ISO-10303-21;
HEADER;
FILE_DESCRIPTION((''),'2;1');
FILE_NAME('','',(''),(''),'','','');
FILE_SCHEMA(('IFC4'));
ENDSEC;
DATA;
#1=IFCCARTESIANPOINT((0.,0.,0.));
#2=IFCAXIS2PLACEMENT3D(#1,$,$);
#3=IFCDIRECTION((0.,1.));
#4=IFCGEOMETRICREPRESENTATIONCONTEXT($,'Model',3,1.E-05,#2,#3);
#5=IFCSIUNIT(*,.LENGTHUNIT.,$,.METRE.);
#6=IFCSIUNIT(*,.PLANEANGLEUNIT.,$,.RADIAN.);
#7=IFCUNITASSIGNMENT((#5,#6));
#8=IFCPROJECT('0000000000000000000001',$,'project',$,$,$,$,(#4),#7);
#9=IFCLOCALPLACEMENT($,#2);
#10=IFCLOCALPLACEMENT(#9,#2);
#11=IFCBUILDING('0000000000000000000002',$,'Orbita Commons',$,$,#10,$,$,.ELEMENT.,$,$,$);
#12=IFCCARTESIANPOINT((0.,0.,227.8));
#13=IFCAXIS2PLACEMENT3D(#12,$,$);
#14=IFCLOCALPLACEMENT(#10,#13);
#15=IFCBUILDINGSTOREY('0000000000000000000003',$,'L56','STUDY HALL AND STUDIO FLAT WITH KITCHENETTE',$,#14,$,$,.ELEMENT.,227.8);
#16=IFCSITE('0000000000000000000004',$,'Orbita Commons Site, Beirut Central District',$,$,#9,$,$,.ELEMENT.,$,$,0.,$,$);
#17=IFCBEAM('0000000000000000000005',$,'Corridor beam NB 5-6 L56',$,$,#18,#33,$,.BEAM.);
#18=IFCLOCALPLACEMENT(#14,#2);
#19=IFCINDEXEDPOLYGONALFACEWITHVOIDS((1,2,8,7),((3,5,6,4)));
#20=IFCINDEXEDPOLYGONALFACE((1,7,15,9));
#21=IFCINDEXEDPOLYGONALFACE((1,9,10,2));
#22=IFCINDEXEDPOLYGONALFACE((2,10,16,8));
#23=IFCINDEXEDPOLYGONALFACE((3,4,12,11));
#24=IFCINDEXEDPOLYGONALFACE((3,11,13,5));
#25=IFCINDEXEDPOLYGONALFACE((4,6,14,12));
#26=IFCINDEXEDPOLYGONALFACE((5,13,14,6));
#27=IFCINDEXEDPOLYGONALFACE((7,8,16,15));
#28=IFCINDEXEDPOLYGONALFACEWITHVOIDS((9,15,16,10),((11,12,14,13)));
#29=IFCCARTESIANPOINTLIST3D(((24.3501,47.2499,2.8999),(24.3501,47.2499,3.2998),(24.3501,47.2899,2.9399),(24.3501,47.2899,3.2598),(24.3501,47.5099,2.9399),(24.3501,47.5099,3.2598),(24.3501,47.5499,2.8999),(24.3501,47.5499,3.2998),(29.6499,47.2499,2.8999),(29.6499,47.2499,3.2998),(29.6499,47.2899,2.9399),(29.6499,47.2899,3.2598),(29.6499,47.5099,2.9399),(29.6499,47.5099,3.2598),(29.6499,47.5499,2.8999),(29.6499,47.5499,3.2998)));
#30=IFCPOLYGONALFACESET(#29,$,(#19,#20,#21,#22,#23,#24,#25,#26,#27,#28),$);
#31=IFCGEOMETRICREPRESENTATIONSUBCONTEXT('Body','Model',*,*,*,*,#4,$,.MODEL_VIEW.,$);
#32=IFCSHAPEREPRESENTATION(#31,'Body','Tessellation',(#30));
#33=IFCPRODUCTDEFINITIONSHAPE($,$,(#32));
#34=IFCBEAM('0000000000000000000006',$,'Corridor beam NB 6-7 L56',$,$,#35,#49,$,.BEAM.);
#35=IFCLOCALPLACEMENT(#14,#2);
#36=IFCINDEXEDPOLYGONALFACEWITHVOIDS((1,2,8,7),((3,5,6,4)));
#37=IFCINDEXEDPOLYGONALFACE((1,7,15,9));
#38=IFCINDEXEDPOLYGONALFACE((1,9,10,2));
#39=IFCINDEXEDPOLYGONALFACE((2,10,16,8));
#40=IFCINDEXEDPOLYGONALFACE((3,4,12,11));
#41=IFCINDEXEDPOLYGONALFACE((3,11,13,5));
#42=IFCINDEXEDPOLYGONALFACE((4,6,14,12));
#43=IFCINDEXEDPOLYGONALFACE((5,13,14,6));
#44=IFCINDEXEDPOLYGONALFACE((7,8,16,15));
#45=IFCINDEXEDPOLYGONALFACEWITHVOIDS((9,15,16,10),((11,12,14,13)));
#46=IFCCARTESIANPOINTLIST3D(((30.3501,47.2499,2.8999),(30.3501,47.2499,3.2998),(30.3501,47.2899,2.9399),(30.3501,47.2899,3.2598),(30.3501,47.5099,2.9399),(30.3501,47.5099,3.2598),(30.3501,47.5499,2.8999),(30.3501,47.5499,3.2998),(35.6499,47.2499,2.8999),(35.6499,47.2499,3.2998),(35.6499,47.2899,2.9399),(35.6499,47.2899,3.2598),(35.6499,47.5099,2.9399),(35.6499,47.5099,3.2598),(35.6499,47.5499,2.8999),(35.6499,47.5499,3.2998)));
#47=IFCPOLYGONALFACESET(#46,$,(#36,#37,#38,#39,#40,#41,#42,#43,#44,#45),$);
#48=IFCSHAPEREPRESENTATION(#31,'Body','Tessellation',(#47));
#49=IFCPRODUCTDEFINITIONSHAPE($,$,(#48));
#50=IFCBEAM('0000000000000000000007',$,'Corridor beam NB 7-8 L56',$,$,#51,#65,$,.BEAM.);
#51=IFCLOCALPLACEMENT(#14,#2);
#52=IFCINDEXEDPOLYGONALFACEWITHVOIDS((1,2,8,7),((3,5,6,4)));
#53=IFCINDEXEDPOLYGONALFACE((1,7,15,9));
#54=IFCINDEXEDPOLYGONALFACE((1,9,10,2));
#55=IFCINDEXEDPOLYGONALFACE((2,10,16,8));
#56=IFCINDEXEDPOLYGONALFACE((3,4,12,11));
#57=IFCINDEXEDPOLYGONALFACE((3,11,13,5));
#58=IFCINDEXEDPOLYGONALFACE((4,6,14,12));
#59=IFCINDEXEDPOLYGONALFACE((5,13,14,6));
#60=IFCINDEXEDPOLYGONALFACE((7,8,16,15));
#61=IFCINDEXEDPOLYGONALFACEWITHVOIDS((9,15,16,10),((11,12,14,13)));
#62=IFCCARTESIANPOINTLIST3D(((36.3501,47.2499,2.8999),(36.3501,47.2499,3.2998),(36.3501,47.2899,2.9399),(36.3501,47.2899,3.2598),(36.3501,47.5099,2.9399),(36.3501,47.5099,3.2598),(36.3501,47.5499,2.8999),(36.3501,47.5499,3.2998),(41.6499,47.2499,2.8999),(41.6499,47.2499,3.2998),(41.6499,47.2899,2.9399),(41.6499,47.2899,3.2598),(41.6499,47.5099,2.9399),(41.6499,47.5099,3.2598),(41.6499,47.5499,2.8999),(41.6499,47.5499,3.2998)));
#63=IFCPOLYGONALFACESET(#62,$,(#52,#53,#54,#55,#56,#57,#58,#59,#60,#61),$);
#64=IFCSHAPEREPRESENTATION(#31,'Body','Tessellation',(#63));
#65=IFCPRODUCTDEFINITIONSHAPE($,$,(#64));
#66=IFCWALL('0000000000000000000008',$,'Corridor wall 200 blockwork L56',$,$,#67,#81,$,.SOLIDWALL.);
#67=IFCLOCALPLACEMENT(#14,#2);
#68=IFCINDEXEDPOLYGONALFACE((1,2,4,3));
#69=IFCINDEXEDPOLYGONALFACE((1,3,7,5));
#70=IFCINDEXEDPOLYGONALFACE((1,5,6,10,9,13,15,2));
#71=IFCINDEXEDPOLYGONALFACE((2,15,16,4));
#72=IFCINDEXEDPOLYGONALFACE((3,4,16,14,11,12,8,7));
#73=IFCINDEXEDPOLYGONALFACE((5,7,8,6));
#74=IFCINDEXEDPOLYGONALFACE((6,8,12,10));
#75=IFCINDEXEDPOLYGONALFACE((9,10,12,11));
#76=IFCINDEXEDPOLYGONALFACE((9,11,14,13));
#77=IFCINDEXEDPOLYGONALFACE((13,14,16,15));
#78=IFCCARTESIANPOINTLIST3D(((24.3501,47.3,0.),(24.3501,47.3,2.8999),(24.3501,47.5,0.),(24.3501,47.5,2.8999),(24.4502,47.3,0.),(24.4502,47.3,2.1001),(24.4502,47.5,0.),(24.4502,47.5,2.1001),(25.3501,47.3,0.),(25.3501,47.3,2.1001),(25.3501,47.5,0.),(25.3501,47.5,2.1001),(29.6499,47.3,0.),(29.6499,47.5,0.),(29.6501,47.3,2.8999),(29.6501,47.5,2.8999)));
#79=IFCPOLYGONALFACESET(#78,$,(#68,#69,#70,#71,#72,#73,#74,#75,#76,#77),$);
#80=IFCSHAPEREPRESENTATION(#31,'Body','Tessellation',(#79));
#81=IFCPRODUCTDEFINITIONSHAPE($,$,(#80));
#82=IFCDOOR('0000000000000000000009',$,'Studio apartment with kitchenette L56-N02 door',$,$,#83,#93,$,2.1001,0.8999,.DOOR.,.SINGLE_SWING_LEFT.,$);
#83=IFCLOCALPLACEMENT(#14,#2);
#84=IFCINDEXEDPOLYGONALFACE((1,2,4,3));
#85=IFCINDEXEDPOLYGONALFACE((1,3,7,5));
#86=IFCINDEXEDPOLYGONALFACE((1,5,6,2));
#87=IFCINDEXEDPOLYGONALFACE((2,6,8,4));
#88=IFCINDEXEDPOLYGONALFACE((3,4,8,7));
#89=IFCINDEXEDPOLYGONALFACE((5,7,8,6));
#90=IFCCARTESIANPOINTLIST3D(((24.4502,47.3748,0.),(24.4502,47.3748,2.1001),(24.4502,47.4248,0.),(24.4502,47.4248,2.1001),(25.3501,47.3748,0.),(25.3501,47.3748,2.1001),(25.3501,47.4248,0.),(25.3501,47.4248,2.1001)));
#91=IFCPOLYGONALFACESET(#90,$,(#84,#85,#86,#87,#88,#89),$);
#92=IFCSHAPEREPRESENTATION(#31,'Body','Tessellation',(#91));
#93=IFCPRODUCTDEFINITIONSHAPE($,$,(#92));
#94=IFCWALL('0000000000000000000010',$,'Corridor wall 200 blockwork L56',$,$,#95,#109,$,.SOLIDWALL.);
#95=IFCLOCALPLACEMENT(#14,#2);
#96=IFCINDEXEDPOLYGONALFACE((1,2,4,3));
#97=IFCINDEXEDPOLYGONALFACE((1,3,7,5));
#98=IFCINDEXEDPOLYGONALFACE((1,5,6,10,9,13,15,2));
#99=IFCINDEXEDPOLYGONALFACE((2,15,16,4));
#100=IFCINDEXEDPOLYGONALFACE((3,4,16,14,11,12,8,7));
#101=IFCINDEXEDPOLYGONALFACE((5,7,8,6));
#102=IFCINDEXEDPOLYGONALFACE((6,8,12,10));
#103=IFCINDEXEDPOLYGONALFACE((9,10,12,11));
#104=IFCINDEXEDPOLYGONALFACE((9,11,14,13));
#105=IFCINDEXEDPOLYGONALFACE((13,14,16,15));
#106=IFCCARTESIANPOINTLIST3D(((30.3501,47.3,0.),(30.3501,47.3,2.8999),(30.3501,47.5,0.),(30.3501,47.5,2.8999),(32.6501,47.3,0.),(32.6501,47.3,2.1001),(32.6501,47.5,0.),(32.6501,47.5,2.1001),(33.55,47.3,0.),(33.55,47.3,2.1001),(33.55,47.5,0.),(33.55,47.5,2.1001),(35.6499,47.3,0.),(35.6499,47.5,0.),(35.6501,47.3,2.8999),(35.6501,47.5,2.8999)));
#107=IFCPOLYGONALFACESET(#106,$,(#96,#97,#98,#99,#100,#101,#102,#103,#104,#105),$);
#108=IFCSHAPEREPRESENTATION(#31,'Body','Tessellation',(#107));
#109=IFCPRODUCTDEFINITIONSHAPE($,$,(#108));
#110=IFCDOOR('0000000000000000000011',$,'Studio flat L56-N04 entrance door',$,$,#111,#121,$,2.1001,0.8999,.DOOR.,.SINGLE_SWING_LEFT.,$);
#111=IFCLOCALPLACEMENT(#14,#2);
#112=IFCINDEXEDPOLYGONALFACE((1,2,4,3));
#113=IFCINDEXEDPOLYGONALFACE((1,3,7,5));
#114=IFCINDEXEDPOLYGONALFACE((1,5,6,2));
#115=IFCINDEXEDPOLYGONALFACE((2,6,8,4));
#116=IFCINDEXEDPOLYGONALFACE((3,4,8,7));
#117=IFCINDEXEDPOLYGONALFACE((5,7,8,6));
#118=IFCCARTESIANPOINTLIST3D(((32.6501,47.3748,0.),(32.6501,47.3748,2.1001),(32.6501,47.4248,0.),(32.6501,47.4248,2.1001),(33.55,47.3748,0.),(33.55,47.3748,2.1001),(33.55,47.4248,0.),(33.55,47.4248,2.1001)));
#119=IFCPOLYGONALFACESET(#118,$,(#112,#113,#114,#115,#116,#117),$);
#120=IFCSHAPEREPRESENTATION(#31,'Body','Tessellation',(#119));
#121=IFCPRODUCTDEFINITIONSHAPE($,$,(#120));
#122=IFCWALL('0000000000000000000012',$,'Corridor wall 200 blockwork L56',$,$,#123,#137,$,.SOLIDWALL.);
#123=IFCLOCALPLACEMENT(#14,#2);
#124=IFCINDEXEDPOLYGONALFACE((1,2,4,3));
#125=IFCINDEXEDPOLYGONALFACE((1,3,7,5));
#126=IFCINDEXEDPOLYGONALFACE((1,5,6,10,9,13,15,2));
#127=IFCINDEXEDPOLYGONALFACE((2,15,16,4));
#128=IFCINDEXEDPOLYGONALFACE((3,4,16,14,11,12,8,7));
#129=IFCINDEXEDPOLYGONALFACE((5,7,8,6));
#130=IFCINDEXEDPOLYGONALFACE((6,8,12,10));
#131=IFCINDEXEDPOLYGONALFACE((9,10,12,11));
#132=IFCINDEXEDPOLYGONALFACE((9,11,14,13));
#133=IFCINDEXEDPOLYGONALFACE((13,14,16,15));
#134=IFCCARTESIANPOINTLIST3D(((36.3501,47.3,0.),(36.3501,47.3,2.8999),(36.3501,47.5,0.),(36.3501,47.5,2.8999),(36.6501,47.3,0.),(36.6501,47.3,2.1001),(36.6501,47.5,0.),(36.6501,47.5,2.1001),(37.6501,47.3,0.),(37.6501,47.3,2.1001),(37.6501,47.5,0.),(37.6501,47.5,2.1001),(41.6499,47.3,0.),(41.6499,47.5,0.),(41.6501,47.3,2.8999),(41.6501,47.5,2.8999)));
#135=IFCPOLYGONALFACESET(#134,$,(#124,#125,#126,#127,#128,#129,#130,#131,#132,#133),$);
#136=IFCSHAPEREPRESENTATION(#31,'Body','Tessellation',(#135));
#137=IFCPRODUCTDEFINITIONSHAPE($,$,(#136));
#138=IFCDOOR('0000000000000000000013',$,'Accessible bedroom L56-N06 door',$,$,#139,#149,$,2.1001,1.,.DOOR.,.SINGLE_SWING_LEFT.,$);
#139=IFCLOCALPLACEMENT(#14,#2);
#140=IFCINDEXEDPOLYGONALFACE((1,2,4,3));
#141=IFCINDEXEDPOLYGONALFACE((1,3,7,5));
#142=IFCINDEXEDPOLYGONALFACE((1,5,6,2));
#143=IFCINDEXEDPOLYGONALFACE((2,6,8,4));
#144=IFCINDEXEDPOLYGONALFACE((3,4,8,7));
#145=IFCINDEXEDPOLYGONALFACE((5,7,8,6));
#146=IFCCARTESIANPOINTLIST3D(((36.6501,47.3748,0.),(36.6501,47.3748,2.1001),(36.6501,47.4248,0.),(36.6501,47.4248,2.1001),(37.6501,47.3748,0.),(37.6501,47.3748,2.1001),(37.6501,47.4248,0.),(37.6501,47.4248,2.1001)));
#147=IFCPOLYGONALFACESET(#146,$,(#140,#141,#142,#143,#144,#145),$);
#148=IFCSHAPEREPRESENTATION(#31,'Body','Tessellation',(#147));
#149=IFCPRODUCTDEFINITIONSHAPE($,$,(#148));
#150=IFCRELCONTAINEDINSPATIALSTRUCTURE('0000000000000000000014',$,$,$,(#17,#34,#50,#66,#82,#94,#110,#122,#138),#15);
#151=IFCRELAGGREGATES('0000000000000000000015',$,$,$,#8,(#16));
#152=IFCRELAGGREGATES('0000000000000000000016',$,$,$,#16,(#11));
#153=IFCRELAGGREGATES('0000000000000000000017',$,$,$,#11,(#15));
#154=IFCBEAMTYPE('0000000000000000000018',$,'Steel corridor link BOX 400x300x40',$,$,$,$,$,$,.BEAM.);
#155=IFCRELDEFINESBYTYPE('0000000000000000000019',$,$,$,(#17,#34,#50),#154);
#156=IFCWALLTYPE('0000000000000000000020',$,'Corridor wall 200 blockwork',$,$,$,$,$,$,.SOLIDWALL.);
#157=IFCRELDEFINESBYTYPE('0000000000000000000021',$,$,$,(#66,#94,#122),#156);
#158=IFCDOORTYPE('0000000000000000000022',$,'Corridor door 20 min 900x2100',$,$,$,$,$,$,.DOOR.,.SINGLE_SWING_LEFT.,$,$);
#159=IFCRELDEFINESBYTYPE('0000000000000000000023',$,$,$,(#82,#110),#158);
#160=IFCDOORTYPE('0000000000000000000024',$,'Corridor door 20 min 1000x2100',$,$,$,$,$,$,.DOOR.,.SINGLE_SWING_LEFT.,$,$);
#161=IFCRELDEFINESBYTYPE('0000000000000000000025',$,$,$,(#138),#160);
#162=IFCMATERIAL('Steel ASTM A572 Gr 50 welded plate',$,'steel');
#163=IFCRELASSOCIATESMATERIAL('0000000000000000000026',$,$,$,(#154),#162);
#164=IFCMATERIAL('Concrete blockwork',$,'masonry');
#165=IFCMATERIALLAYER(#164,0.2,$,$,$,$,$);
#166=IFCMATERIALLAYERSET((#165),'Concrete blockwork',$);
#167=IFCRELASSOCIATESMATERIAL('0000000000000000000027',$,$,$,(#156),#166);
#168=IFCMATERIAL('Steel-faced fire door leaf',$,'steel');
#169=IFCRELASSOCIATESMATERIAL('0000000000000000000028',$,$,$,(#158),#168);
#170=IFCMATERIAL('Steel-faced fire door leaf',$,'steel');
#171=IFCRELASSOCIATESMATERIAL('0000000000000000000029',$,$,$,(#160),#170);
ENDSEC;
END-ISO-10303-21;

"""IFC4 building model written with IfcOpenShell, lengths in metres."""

from ifc_helpers import new_model, si_unit, direction, frame, frame_2d, origin, origin_2d, place, context, subcontext, project, spatial, polyline, rectangle, hollow_rectangle, outline, extrude, material, layer, layer_set, material_profile, profile_set, type_object, element, fill, save


model = new_model("IFC4")

# Units and contexts
model_context = context("Model", 3, precision=1e-05, world=origin(), true_north=direction((0.0, 1.0)))
body_context = subcontext(model_context, "Body", "Model", "MODEL_VIEW")
ifc_project = project(units=[si_unit("LENGTHUNIT", "METRE"), si_unit("PLANEANGLEUNIT", "RADIAN")], contexts=[model_context])

# Site, building, storey
site_placement = place(None, origin())
site = spatial("IfcSite", under=ifc_project, at=site_placement, Name="Orbita Commons Site, Beirut Central District", CompositionType="ELEMENT", RefElevation=0.0)
building_placement = place(site_placement, origin())
building = spatial("IfcBuilding", under=site, at=building_placement, Name="Orbita Commons", CompositionType="ELEMENT")
storey_placement = place(building_placement, frame((0.0, 0.0, 227.8)))
storey = spatial("IfcBuildingStorey", under=building, at=storey_placement, Name="L56", Description="STUDY HALL AND STUDIO FLAT WITH KITCHENETTE", CompositionType="ELEMENT", Elevation=227.8)

# Beams
ifc_material_1 = material(Name="Steel ASTM A572 Gr 50 welded plate", Category="steel")
ifc_material_profile = material_profile(ifc_material_1, hollow_rectangle(XDim=0.3, YDim=0.3999, WallThickness=0.04, at=origin_2d()), Name="BOX 400x300x40")
ifc_profile_set = profile_set([ifc_material_profile], Name="Steel ASTM A572 Gr 50 welded plate")
beam_type = type_object("IfcBeamType", Name="Steel corridor link BOX 400x300x40", PredefinedType="BEAM", material=ifc_profile_set)
for number, where, z_axis, x_axis, name in (
    (1, (24.3501, 47.3999, 3.0999), (1.0, 0.0, 0.0), (0.0, 1.0, 0.0), "Corridor beam NB 5-6 L56"),
    (2, (30.3501, 47.3999, 3.0999), (1.0, 0.0, 0.0), (0.0, 1.0, 0.0), "Corridor beam NB 6-7 L56"),
    (3, (36.3501, 47.3999, 3.0999), (1.0, 0.0, 0.0), (0.0, 1.0, 0.0), "Corridor beam NB 7-8 L56"),
):
    element("IfcBeam", number, at=place(storey_placement, frame(where, z_axis=z_axis, x_axis=x_axis)), inside=storey, type_object=beam_type, Name=name, PredefinedType="BEAM", context=body_context, shape_type="SweptSolid", body=[
        extrude(hollow_rectangle(XDim=0.3, YDim=0.3999, WallThickness=0.04, at=origin_2d()), origin(), (0.0, 0.0, 1.0), 5.2998),
    ])

# Walls, openings, doors
ifc_material_2 = material(Name="Concrete blockwork", Category="masonry")
ifc_layer_1 = layer(ifc_material_2, 0.2)
ifc_layer_set_1 = layer_set([ifc_layer_1], Name="Concrete blockwork")
wall_type_1 = type_object("IfcWallType", Name="Corridor wall 200 blockwork", PredefinedType="SOLIDWALL", material=ifc_layer_set_1)
wall_1_placement = place(storey_placement, frame((24.3501, 47.3999, 0.0), z_axis=(0.0, 0.0, 1.0), x_axis=(1.0, 0.0, 0.0)))
wall_1 = element("IfcWall", 4, at=wall_1_placement, inside=storey, type_object=wall_type_1, Name="Corridor wall 200 blockwork L56", PredefinedType="SOLIDWALL", context=body_context, shape_type="SweptSolid", body=[
    extrude(outline(polyline([(0.0, 0.0), (5.2998, 0.0), (5.3, 2.8999), (0.0, 2.8999), (0.0, 0.0)])), frame((0.0, 0.1001, 0.0), z_axis=(0.0, -1.0, 0.0), x_axis=(1.0, 0.0, 0.0)), (0.0, 0.0, 1.0), 0.2),
])
opening_1_placement = place(wall_1_placement, frame((0.1001, 0.0, 0.0)))
opening_1 = element("IfcOpeningElement", 5, at=opening_1_placement, cuts=wall_1, PredefinedType="OPENING", context=body_context, shape_type="SweptSolid", body=[
    extrude(rectangle(XDim=0.8999, YDim=2.1001, at=frame_2d((0.45, 1.05))), frame((0.0, 0.1099, 0.0), z_axis=(0.0, -1.0, 0.0), x_axis=(1.0, 0.0, 0.0)), (0.0, 0.0, 1.0), 0.22),
])
ifc_material_3 = material(Name="Steel-faced fire door leaf", Category="steel")
door_type_1 = type_object("IfcDoorType", Name="Corridor door 20 min 900x2100", OperationType="SINGLE_SWING_LEFT", PredefinedType="DOOR", material=ifc_material_3)
door_1_placement = place(opening_1_placement, origin())
door_1 = element("IfcDoor", 6, at=door_1_placement, inside=storey, type_object=door_type_1, Name="Studio apartment with kitchenette L56-N02 door", OperationType="SINGLE_SWING_LEFT", OverallHeight=2.1001, OverallWidth=0.8999, PredefinedType="DOOR", context=body_context, shape_type="SweptSolid", body=[
    extrude(rectangle(XDim=0.8999, YDim=2.1001, at=frame_2d((0.45, 1.05))), frame((0.0, 0.0249, 0.0), z_axis=(0.0, -1.0, 0.0), x_axis=(1.0, 0.0, 0.0)), (0.0, 0.0, 1.0), 0.05),
])
fill(opening_1, door_1)
wall_2_placement = place(storey_placement, frame((30.3501, 47.3999, 0.0), z_axis=(0.0, 0.0, 1.0), x_axis=(1.0, 0.0, 0.0)))
wall_2 = element("IfcWall", 7, at=wall_2_placement, inside=storey, type_object=wall_type_1, Name="Corridor wall 200 blockwork L56", PredefinedType="SOLIDWALL", context=body_context, shape_type="SweptSolid", body=[
    extrude(outline(polyline([(0.0, 0.0), (5.2998, 0.0), (5.3, 2.8999), (0.0, 2.8999), (0.0, 0.0)])), frame((0.0, 0.1001, 0.0), z_axis=(0.0, -1.0, 0.0), x_axis=(1.0, 0.0, 0.0)), (0.0, 0.0, 1.0), 0.2),
])
opening_2_placement = place(wall_2_placement, frame((2.3, 0.0, 0.0)))
opening_2 = element("IfcOpeningElement", 8, at=opening_2_placement, cuts=wall_2, PredefinedType="OPENING", context=body_context, shape_type="SweptSolid", body=[
    extrude(rectangle(XDim=0.8999, YDim=2.1001, at=frame_2d((0.45, 1.05))), frame((0.0, 0.1099, 0.0), z_axis=(0.0, -1.0, 0.0), x_axis=(1.0, 0.0, 0.0)), (0.0, 0.0, 1.0), 0.22),
])
door_2_placement = place(opening_2_placement, origin())
door_2 = element("IfcDoor", 9, at=door_2_placement, inside=storey, type_object=door_type_1, Name="Studio flat L56-N04 entrance door", OperationType="SINGLE_SWING_LEFT", OverallHeight=2.1001, OverallWidth=0.8999, PredefinedType="DOOR", context=body_context, shape_type="SweptSolid", body=[
    extrude(rectangle(XDim=0.8999, YDim=2.1001, at=frame_2d((0.45, 1.05))), frame((0.0, 0.0249, 0.0), z_axis=(0.0, -1.0, 0.0), x_axis=(1.0, 0.0, 0.0)), (0.0, 0.0, 1.0), 0.05),
])
fill(opening_2, door_2)
wall_3_placement = place(storey_placement, frame((36.3501, 47.3999, 0.0), z_axis=(0.0, 0.0, 1.0), x_axis=(1.0, 0.0, 0.0)))
wall_3 = element("IfcWall", 10, at=wall_3_placement, inside=storey, type_object=wall_type_1, Name="Corridor wall 200 blockwork L56", PredefinedType="SOLIDWALL", context=body_context, shape_type="SweptSolid", body=[
    extrude(outline(polyline([(0.0, 0.0), (5.2998, 0.0), (5.3, 2.8999), (0.0, 2.8999), (0.0, 0.0)])), frame((0.0, 0.1001, 0.0), z_axis=(0.0, -1.0, 0.0), x_axis=(1.0, 0.0, 0.0)), (0.0, 0.0, 1.0), 0.2),
])
opening_3_placement = place(wall_3_placement, frame((0.3, 0.0, 0.0)))
opening_3 = element("IfcOpeningElement", 11, at=opening_3_placement, cuts=wall_3, PredefinedType="OPENING", context=body_context, shape_type="SweptSolid", body=[
    extrude(rectangle(XDim=1.0, YDim=2.1001, at=frame_2d((0.5, 1.05))), frame((0.0, 0.1099, 0.0), z_axis=(0.0, -1.0, 0.0), x_axis=(1.0, 0.0, 0.0)), (0.0, 0.0, 1.0), 0.22),
])
ifc_material_4 = material(Name="Steel-faced fire door leaf", Category="steel")
door_type_2 = type_object("IfcDoorType", Name="Corridor door 20 min 1000x2100", OperationType="SINGLE_SWING_LEFT", PredefinedType="DOOR", material=ifc_material_4)
door_3_placement = place(opening_3_placement, origin())
door_3 = element("IfcDoor", 12, at=door_3_placement, inside=storey, type_object=door_type_2, Name="Accessible bedroom L56-N06 door", OperationType="SINGLE_SWING_LEFT", OverallHeight=2.1001, OverallWidth=1.0, PredefinedType="DOOR", context=body_context, shape_type="SweptSolid", body=[
    extrude(rectangle(XDim=1.0, YDim=2.1001, at=frame_2d((0.5, 1.05))), frame((0.0, 0.0249, 0.0), z_axis=(0.0, -1.0, 0.0), x_axis=(1.0, 0.0, 0.0)), (0.0, 0.0, 1.0), 0.05),
])
fill(opening_3, door_3)

save(model, "model.ifc")
